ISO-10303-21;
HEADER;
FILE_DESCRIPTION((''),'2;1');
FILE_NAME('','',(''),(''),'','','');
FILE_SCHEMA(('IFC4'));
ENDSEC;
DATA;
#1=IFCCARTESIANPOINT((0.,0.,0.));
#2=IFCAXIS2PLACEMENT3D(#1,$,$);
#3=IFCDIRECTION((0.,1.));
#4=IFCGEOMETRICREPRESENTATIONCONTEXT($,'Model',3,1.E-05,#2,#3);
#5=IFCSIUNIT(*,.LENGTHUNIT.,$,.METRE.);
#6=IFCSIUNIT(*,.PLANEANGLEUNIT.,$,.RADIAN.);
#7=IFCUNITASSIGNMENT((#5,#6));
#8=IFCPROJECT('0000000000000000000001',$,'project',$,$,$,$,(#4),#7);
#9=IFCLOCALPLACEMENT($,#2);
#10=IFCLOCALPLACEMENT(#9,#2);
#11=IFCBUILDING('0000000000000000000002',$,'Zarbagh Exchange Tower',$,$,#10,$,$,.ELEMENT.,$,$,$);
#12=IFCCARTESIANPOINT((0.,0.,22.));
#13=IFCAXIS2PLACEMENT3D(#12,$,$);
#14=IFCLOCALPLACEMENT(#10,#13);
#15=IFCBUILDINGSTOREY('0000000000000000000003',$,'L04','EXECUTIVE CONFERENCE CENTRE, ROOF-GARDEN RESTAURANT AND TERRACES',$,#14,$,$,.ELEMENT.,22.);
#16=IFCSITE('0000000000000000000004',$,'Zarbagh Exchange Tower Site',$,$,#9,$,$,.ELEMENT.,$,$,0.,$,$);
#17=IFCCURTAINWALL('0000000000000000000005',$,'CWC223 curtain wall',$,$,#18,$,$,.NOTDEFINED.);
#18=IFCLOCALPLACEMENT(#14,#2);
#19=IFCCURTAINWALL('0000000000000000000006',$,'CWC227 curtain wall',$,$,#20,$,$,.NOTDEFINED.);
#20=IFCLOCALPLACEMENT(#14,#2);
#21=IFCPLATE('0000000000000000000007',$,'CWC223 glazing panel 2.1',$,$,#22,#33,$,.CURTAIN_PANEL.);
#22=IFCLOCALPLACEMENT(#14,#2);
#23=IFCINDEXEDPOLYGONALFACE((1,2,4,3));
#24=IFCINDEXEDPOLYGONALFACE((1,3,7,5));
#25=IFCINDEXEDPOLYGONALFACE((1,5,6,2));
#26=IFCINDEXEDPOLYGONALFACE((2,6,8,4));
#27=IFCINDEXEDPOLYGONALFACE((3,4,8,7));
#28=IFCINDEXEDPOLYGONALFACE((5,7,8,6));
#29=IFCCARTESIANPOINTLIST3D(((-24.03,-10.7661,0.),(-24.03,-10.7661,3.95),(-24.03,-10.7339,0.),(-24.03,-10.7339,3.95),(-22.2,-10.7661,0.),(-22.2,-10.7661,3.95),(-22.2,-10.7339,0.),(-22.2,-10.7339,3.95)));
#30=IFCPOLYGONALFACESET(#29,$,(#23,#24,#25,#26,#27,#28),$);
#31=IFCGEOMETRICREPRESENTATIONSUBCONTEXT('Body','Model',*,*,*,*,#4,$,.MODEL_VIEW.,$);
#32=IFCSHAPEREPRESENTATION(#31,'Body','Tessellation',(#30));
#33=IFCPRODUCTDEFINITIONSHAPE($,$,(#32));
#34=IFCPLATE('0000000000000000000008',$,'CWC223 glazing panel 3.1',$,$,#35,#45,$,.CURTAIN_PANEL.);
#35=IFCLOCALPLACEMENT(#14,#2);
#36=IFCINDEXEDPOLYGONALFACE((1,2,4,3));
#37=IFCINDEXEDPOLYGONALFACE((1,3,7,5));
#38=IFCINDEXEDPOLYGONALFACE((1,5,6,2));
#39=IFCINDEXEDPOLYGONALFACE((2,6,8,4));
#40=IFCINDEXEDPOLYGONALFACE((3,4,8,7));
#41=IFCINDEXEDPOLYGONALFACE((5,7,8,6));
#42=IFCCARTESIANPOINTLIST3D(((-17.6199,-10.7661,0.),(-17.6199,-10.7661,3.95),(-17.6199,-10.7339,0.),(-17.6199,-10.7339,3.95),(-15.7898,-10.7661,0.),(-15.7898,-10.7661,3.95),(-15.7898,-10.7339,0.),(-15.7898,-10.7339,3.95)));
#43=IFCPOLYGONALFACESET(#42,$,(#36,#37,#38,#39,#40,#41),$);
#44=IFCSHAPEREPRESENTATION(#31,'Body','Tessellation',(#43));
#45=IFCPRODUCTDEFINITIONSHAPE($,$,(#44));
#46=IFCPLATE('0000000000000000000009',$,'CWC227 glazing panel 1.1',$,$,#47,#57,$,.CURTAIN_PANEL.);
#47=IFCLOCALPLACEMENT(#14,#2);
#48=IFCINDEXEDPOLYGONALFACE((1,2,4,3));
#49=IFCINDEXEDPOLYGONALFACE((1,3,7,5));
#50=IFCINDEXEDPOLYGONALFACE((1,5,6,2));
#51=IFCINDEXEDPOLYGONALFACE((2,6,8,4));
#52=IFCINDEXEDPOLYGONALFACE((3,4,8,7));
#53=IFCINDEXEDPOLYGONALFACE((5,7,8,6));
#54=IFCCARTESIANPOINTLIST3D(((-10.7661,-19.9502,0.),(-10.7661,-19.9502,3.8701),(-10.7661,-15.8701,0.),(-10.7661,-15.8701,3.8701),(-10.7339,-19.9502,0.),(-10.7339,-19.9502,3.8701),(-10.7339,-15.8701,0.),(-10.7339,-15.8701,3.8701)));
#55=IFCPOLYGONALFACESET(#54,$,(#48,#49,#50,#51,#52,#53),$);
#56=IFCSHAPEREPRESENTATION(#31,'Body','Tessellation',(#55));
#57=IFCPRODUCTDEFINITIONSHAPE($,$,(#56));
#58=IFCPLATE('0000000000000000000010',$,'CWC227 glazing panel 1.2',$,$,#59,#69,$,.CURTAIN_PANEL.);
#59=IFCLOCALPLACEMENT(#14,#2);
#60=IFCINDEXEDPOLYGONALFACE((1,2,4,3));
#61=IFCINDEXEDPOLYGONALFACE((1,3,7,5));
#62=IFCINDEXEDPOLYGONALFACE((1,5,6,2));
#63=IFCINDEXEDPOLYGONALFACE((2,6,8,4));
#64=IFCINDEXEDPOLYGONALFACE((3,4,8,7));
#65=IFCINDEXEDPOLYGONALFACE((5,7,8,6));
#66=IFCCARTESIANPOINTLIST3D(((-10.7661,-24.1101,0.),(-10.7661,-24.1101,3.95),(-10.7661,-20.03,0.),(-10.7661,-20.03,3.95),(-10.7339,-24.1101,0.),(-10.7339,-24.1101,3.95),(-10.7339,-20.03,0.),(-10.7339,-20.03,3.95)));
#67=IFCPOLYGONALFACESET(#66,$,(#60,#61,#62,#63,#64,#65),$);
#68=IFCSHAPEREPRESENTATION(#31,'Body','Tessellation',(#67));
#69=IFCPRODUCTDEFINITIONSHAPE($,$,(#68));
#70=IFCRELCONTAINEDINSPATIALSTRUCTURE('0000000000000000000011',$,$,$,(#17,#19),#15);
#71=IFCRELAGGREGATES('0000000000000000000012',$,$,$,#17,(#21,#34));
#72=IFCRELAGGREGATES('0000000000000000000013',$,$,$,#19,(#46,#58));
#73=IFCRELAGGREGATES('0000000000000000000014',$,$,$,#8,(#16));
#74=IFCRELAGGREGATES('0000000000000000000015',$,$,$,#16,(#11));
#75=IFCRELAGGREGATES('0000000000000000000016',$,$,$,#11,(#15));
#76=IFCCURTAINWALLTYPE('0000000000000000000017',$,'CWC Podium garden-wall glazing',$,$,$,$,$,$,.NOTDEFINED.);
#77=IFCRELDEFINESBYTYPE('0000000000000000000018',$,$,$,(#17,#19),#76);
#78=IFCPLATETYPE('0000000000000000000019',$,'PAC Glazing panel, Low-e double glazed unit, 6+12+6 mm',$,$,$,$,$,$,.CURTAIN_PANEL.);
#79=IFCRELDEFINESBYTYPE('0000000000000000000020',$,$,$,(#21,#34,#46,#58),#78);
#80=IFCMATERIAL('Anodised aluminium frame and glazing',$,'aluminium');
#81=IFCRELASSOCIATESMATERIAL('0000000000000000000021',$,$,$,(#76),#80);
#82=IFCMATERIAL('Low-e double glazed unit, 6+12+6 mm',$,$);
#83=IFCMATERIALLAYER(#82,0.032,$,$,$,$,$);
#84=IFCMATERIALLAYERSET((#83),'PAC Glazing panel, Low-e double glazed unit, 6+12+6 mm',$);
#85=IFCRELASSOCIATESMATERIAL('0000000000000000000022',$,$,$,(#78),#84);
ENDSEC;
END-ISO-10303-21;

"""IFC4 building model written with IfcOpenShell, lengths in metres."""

from ifc_helpers import new_model, si_unit, direction, frame, origin, place, context, subcontext, project, spatial, polyline, outline, extrude, source, transform, mapped, material, layer, layer_set, type_object, element, aggregate, save


model = new_model("IFC4")

# Units and contexts
model_context = context("Model", 3, precision=1e-05, world=origin(), true_north=direction((0.0, 1.0)))
body_context = subcontext(model_context, "Body", "Model", "MODEL_VIEW")
ifc_project = project(units=[si_unit("LENGTHUNIT", "METRE"), si_unit("PLANEANGLEUNIT", "RADIAN")], contexts=[model_context])

# Site, building, storey
site_placement = place(None, origin())
site = spatial("IfcSite", under=ifc_project, at=site_placement, Name="Zarbagh Exchange Tower Site", CompositionType="ELEMENT", RefElevation=0.0)
building_placement = place(site_placement, origin())
building = spatial("IfcBuilding", under=site, at=building_placement, Name="Zarbagh Exchange Tower", CompositionType="ELEMENT")
storey_placement = place(building_placement, frame((0.0, 0.0, 22.0)))
storey = spatial("IfcBuildingStorey", under=building, at=storey_placement, Name="L04", Description="EXECUTIVE CONFERENCE CENTRE, ROOF-GARDEN RESTAURANT AND TERRACES", CompositionType="ELEMENT", Elevation=22.0)

# Curtain walls
ifc_material_1 = material(Name="Anodised aluminium frame and glazing", Category="aluminium")
curtain_wall_type = type_object("IfcCurtainWallType", Name="CWC Podium garden-wall glazing", PredefinedType="NOTDEFINED", material=ifc_material_1)
placement = place(storey_placement, origin())
curtain_wall_1_placement = place(storey_placement, origin())
curtain_wall_1 = element("IfcCurtainWall", 1, at=curtain_wall_1_placement, inside=storey, type_object=curtain_wall_type, Name="CWC223 curtain wall", PredefinedType="NOTDEFINED")
curtain_wall_2_placement = place(storey_placement, origin())
curtain_wall_2 = element("IfcCurtainWall", 2, at=curtain_wall_2_placement, inside=storey, type_object=curtain_wall_type, Name="CWC227 curtain wall", PredefinedType="NOTDEFINED")

# Shared definitions
ifc_material_2 = material(Name="Low-e double glazed unit, 6+12+6 mm")
ifc_layer = layer(ifc_material_2, 0.032)
ifc_layer_set = layer_set([ifc_layer], Name="PAC Glazing panel, Low-e double glazed unit, 6+12+6 mm")
plate_type = type_object("IfcPlateType", Name="PAC Glazing panel, Low-e double glazed unit, 6+12+6 mm", PredefinedType="CURTAIN_PANEL", material=ifc_layer_set)

# Plates
shared_shape_1 = source(origin(), body_context, "Body", "SweptSolid", [
    extrude(outline(polyline([(0.0, -0.0161), (1.8301, -0.0161), (1.8301, 0.0161), (0.0, 0.0161), (0.0, -0.0161)])), origin(), (0.0, 0.0, 1.0), 3.95),
])
plate_1 = element("IfcPlate", 3, at=placement, type_object=plate_type, Name="CWC223 glazing panel 2.1", PredefinedType="CURTAIN_PANEL", context=body_context, shape_type="MappedRepresentation", body=[
    mapped(shared_shape_1, transform((-24.03, -10.75, 0.0), x_axis=(1.0, 0.0, 0.0), y_axis=(0.0, 1.0, 0.0), z_axis=(0.0, 0.0, 1.0))),
])
plate_2 = element("IfcPlate", 4, at=placement, type_object=plate_type, Name="CWC223 glazing panel 3.1", PredefinedType="CURTAIN_PANEL", context=body_context, shape_type="MappedRepresentation", body=[
    mapped(shared_shape_1, transform((-17.6199, -10.75, 0.0), x_axis=(1.0, 0.0, 0.0), y_axis=(0.0, 1.0, 0.0), z_axis=(0.0, 0.0, 1.0))),
])
aggregate(curtain_wall_1, [plate_1, plate_2])
shared_shape_2 = source(origin(), body_context, "Body", "SweptSolid", [
    extrude(outline(polyline([(0.0, -0.0161), (4.0801, -0.0161), (4.0801, 0.0161), (0.0, 0.0161), (0.0, -0.0161)])), origin(), (0.0, 0.0, 1.0), 3.8701),
])
plate_3 = element("IfcPlate", 5, at=placement, type_object=plate_type, Name="CWC227 glazing panel 1.1", PredefinedType="CURTAIN_PANEL", context=body_context, shape_type="MappedRepresentation", body=[
    mapped(shared_shape_2, transform((-10.75, -15.8701, 0.0), x_axis=(0.0, -1.0, 0.0), y_axis=(1.0, 0.0, 0.0), z_axis=(0.0, 0.0, 1.0))),
])
shared_shape_3 = source(origin(), body_context, "Body", "SweptSolid", [
    extrude(outline(polyline([(0.0, -0.0161), (4.0801, -0.0161), (4.0801, 0.0161), (0.0, 0.0161), (0.0, -0.0161)])), origin(), (0.0, 0.0, 1.0), 3.95),
])
plate_4 = element("IfcPlate", 6, at=placement, type_object=plate_type, Name="CWC227 glazing panel 1.2", PredefinedType="CURTAIN_PANEL", context=body_context, shape_type="MappedRepresentation", body=[
    mapped(shared_shape_3, transform((-10.75, -20.03, 0.0), x_axis=(0.0, -1.0, 0.0), y_axis=(1.0, 0.0, 0.0), z_axis=(0.0, 0.0, 1.0))),
])
aggregate(curtain_wall_2, [plate_3, plate_4])

save(model, "model.ifc")
